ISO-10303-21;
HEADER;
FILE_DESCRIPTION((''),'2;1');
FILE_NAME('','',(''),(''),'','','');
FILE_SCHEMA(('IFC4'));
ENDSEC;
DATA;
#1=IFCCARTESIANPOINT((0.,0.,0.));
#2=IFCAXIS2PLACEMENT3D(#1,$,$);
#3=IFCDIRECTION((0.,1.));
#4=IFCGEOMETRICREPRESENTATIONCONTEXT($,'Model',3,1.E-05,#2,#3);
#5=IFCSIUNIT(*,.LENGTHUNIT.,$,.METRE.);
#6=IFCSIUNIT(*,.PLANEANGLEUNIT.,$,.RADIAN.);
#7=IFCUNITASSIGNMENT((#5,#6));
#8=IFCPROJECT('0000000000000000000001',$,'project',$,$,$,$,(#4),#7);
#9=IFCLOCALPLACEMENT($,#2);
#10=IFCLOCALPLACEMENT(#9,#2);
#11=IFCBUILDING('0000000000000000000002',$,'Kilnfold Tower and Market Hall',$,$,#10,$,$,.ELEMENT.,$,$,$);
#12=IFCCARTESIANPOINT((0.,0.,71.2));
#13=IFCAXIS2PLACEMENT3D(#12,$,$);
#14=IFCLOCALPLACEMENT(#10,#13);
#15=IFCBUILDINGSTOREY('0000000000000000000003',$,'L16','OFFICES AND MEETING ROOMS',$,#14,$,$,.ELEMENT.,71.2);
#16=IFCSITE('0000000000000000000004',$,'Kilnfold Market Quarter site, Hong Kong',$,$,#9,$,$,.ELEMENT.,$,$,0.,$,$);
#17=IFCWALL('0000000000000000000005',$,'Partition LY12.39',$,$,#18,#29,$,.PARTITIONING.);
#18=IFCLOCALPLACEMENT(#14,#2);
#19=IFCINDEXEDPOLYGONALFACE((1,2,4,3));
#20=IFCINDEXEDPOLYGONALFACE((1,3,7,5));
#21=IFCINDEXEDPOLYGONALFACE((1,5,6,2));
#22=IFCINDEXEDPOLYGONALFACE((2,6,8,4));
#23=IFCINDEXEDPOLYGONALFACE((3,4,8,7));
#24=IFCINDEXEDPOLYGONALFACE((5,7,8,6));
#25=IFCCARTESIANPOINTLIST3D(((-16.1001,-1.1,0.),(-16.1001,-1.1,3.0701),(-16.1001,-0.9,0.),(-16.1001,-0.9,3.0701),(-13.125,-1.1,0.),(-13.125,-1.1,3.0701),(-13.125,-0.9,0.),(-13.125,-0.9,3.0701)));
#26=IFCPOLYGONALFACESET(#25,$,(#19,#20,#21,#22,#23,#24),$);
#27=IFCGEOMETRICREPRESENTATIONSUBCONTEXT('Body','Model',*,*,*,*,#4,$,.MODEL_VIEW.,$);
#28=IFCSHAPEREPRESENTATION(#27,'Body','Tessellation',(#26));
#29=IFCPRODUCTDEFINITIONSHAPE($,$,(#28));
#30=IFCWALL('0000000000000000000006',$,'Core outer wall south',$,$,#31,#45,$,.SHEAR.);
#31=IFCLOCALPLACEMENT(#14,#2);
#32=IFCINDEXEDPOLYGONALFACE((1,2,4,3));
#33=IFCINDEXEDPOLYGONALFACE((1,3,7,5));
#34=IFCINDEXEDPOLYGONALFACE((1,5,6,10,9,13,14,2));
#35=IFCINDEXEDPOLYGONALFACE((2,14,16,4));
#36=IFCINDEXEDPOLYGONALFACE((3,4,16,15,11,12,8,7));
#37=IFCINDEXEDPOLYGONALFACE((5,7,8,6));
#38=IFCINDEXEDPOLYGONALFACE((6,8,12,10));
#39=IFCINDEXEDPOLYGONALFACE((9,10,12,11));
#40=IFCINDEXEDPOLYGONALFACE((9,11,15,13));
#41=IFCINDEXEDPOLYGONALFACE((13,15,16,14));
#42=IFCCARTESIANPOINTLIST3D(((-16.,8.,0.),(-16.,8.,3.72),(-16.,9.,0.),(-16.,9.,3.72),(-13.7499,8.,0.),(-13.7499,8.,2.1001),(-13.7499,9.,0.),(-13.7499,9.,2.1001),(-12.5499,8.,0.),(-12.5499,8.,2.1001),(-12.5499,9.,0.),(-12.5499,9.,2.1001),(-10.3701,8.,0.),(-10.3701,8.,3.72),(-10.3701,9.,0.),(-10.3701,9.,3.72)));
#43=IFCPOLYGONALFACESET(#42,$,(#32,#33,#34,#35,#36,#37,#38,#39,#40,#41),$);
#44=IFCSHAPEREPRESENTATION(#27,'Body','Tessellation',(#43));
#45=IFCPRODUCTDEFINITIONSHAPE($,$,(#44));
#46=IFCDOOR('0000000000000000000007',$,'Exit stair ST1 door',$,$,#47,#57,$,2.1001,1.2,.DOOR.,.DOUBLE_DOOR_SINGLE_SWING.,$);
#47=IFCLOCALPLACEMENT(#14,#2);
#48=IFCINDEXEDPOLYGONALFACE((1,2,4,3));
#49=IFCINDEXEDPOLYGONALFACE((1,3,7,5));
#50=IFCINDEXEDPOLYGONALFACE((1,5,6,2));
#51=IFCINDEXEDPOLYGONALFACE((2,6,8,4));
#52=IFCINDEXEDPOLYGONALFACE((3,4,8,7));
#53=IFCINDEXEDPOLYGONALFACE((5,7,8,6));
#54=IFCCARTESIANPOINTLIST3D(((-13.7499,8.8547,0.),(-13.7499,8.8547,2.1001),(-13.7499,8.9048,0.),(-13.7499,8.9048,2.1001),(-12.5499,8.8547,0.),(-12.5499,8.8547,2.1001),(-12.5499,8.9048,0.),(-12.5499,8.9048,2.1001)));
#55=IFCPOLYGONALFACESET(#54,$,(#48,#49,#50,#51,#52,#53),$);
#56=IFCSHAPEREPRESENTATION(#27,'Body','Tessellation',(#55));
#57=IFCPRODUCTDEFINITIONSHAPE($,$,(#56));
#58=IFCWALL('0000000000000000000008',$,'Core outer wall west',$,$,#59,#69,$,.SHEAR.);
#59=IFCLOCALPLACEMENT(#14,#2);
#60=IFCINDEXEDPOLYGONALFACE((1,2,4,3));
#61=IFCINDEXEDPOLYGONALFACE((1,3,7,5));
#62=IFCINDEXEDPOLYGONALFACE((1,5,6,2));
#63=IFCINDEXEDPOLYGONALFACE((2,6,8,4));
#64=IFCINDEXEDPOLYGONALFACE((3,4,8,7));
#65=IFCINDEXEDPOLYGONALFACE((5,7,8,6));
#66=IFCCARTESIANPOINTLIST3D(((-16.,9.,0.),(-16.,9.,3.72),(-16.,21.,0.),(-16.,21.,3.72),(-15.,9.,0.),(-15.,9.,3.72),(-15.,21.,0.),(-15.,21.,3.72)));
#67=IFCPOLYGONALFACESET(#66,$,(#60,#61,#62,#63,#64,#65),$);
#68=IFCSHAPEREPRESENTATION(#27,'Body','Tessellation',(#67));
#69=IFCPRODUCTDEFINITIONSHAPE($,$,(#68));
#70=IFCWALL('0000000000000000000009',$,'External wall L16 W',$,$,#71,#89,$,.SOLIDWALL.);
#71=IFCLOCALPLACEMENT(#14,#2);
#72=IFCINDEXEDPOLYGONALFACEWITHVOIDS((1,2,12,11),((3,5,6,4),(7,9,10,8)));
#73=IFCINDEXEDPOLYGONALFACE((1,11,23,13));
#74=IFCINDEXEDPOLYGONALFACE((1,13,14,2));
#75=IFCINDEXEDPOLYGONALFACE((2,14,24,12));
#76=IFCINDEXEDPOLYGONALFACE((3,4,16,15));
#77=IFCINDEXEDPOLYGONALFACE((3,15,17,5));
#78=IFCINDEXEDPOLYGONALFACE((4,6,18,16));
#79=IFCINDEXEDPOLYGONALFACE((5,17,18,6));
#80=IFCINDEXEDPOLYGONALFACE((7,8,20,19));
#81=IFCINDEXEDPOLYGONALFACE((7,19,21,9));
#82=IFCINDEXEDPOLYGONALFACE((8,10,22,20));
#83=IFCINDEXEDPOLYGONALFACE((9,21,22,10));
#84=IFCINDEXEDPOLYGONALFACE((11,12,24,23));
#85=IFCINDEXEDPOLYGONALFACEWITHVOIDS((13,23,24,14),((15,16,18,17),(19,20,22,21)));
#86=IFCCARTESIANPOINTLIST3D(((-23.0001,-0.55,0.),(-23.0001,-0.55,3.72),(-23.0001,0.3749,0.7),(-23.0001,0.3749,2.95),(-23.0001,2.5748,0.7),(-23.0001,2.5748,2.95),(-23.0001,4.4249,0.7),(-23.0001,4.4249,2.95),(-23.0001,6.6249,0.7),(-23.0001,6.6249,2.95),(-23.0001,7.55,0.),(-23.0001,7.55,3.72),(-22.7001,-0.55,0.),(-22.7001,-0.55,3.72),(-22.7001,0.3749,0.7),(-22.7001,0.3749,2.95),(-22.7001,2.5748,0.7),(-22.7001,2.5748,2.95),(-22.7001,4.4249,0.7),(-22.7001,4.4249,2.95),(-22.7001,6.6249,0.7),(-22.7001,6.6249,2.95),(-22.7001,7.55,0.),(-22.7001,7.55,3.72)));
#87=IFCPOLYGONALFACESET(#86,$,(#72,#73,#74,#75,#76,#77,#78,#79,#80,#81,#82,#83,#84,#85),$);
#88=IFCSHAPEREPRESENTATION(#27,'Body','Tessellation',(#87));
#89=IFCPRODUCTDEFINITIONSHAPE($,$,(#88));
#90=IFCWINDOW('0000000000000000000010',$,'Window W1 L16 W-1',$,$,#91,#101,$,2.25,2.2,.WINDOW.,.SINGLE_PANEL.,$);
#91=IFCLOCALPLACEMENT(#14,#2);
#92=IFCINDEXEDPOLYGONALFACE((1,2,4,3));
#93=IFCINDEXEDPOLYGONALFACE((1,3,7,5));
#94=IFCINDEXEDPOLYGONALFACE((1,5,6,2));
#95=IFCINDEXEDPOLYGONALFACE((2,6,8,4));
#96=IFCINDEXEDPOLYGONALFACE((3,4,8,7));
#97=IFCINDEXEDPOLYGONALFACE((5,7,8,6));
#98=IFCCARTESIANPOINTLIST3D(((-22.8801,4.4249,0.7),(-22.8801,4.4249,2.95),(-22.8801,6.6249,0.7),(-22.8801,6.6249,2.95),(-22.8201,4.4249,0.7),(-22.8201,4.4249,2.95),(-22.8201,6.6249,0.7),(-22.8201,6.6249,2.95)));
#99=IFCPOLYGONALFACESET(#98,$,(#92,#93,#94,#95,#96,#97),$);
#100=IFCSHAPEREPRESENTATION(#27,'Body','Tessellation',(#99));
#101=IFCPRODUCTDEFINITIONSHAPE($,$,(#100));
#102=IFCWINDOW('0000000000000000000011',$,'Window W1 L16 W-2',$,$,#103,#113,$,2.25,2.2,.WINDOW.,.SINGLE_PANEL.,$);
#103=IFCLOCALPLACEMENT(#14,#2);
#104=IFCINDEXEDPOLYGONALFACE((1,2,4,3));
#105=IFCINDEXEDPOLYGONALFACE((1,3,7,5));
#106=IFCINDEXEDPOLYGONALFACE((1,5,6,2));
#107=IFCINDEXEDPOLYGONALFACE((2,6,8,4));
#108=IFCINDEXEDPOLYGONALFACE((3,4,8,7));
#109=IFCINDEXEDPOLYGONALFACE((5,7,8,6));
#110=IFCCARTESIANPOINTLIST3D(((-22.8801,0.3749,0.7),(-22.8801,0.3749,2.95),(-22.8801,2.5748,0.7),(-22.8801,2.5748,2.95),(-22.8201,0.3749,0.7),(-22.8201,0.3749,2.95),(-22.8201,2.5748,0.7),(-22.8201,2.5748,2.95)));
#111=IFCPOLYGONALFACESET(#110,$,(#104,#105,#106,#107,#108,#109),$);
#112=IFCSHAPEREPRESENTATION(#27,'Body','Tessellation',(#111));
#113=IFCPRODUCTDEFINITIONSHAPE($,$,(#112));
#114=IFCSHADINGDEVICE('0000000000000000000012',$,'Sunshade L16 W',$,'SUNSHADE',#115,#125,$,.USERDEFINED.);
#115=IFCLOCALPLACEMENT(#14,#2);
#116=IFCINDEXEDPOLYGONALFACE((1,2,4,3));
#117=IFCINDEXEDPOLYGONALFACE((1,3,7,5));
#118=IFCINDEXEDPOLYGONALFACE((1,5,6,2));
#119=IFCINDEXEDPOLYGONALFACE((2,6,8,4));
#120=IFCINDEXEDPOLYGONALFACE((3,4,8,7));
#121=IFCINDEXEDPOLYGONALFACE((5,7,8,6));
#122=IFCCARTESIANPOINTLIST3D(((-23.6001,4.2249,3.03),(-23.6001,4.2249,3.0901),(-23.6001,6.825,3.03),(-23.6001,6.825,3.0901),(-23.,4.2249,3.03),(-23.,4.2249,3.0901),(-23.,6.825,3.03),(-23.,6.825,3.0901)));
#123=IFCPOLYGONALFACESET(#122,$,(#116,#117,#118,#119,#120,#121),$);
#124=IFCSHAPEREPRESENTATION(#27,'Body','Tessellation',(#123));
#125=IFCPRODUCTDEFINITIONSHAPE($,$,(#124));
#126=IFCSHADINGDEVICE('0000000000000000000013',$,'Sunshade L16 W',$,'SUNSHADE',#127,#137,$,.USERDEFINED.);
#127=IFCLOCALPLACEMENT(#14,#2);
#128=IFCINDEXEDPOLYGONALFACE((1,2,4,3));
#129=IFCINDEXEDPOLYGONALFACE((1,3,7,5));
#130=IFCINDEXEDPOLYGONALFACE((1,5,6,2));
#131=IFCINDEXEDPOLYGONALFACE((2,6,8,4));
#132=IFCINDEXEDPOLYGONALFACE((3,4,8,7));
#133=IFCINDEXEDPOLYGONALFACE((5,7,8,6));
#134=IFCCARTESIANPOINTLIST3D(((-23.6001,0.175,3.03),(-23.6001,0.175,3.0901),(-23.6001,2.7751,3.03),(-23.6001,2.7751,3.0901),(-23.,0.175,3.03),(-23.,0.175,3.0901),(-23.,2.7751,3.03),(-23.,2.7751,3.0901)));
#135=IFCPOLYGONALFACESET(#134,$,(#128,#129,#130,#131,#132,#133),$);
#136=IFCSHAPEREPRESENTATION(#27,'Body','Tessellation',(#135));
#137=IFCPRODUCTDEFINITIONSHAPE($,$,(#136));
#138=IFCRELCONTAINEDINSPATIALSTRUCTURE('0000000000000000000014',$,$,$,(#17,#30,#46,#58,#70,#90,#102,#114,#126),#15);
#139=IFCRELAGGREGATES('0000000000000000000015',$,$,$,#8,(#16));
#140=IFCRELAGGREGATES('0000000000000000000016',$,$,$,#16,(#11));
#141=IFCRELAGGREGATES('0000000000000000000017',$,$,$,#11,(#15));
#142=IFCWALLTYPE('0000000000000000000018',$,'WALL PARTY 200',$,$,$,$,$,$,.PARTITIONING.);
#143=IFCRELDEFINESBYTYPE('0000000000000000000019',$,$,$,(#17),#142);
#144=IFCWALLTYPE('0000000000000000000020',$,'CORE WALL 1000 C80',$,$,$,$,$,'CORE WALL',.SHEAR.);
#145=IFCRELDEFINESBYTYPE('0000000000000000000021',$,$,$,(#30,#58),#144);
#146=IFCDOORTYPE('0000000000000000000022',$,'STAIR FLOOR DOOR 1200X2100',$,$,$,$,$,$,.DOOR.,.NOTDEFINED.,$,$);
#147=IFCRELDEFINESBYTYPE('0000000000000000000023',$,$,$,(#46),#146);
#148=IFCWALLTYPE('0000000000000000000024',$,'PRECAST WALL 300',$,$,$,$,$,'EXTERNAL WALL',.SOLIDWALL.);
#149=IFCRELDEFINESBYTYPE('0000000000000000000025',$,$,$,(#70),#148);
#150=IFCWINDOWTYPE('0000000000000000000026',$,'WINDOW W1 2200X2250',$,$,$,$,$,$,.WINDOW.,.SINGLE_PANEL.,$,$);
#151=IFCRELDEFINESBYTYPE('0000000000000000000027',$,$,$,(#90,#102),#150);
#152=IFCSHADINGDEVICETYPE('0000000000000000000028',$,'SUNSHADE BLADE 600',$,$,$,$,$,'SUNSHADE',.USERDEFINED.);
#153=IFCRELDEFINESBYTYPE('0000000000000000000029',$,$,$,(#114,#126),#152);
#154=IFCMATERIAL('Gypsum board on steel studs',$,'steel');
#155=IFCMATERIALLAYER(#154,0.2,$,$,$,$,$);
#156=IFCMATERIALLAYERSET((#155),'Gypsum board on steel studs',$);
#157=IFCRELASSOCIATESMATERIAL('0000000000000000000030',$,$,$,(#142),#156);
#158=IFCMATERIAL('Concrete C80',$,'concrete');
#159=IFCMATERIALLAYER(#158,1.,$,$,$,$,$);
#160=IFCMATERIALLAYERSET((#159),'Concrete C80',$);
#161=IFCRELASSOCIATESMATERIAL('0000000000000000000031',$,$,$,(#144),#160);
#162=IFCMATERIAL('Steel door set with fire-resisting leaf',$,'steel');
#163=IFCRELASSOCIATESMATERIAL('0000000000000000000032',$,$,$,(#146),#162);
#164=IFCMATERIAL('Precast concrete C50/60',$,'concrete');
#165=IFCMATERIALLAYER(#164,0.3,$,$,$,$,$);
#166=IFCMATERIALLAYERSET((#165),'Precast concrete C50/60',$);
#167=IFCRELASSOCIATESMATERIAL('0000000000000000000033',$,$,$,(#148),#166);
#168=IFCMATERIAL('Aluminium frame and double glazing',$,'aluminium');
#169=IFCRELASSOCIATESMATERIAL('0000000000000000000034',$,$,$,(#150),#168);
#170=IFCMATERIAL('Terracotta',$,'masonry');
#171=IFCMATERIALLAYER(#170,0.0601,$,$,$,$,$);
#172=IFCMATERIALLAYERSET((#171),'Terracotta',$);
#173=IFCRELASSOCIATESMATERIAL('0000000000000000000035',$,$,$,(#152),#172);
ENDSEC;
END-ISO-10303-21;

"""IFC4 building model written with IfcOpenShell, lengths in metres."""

from ifc_helpers import new_model, si_unit, direction, frame, frame_2d, origin, origin_2d, place, context, subcontext, project, spatial, rectangle, extrude, source, transform, mapped, material, layer, layer_set, type_object, element, fill, save


model = new_model("IFC4")

# Units and contexts
model_context = context("Model", 3, precision=1e-05, world=origin(), true_north=direction((0.0, 1.0)))
body_context = subcontext(model_context, "Body", "Model", "MODEL_VIEW")
ifc_project = project(units=[si_unit("LENGTHUNIT", "METRE"), si_unit("PLANEANGLEUNIT", "RADIAN")], contexts=[model_context])

# Site, building, storey
site_placement = place(None, origin())
site = spatial("IfcSite", under=ifc_project, at=site_placement, Name="Kilnfold Market Quarter site, Hong Kong", CompositionType="ELEMENT", RefElevation=0.0)
building_placement = place(site_placement, origin())
building = spatial("IfcBuilding", under=site, at=building_placement, Name="Kilnfold Tower and Market Hall", CompositionType="ELEMENT")
storey_placement = place(building_placement, frame((0.0, 0.0, 71.2)))
storey = spatial("IfcBuildingStorey", under=building, at=storey_placement, Name="L16", Description="OFFICES AND MEETING ROOMS", CompositionType="ELEMENT", Elevation=71.2)

# Wall
ifc_material_1 = material(Name="Gypsum board on steel studs", Category="steel")
ifc_layer_1 = layer(ifc_material_1, 0.2)
ifc_layer_set_1 = layer_set([ifc_layer_1], Name="Gypsum board on steel studs")
wall_type_1 = type_object("IfcWallType", Name="WALL PARTY 200", PredefinedType="PARTITIONING", material=ifc_layer_set_1)
wall_1_placement = place(storey_placement, frame((-16.1001, -1.0, 0.0), z_axis=(0.0, 0.0, 1.0), x_axis=(1.0, 0.0, 0.0)))
element("IfcWall", 1, at=wall_1_placement, inside=storey, type_object=wall_type_1, Name="Partition LY12.39", PredefinedType="PARTITIONING", context=body_context, shape_type="SweptSolid", body=[
    extrude(rectangle(XDim=2.9751, YDim=0.2, at=frame_2d((1.4875, 0.0))), origin(), (0.0, 0.0, 1.0), 3.0701),
])

# Wall, opening, door
ifc_material_2 = material(Name="Concrete C80", Category="concrete")
ifc_layer_2 = layer(ifc_material_2, 1.0)
ifc_layer_set_2 = layer_set([ifc_layer_2], Name="Concrete C80")
wall_type_2 = type_object("IfcWallType", Name="CORE WALL 1000 C80", ElementType="CORE WALL", PredefinedType="SHEAR", material=ifc_layer_set_2)
shared_shape_1 = source(origin(), body_context, "Body", "SweptSolid", [
    extrude(rectangle(XDim=5.6299, YDim=1.0, at=frame_2d((2.8149, 0.0))), origin(), (0.0, 0.0, 1.0), 3.72),
])
wall_2_placement = place(storey_placement, frame((-16.0, 8.5, 0.0), z_axis=(0.0, 0.0, 1.0), x_axis=(1.0, 0.0, 0.0)))
wall_2 = element("IfcWall", 2, at=wall_2_placement, inside=storey, type_object=wall_type_2, Name="Core outer wall south", PredefinedType="SHEAR", context=body_context, shape_type="MappedRepresentation", body=[
    mapped(shared_shape_1, transform((0.0, 0.0, 0.0))),
])
opening_1_placement = place(wall_2_placement, frame((2.25, 0.0, 0.0)))
opening_1 = element("IfcOpeningElement", 3, at=opening_1_placement, cuts=wall_2, PredefinedType="OPENING", context=body_context, shape_type="SweptSolid", body=[
    extrude(rectangle(XDim=1.2, YDim=2.1001, at=frame_2d((0.6001, 1.05))), frame((0.0, 0.51, 0.0), z_axis=(0.0, -1.0, 0.0), x_axis=(1.0, 0.0, 0.0)), (0.0, 0.0, 1.0), 1.02),
])
ifc_material_3 = material(Name="Steel door set with fire-resisting leaf", Category="steel")
door_type_1 = type_object("IfcDoorType", Name="STAIR FLOOR DOOR 1200X2100", OperationType="NOTDEFINED", PredefinedType="DOOR", material=ifc_material_3)
door_1_placement = place(opening_1_placement, origin())
door_1 = element("IfcDoor", 4, at=door_1_placement, inside=storey, type_object=door_type_1, Name="Exit stair ST1 door", OperationType="DOUBLE_DOOR_SINGLE_SWING", OverallHeight=2.1001, OverallWidth=1.2, PredefinedType="DOOR", context=body_context, shape_type="SweptSolid", body=[
    extrude(rectangle(XDim=1.2, YDim=2.1001, at=frame_2d((0.6001, 1.05))), frame((0.0, 0.4048, 0.0), z_axis=(0.0, -1.0, 0.0), x_axis=(1.0, 0.0, 0.0)), (0.0, 0.0, 1.0), 0.05),
])
fill(opening_1, door_1)

# Wall
shared_shape_2 = source(origin(), body_context, "Body", "SweptSolid", [
    extrude(rectangle(XDim=12.0, YDim=1.0, at=frame_2d((6.0, 0.0))), origin(), (0.0, 0.0, 1.0), 3.72),
])
wall_3_placement = place(storey_placement, frame((-15.5, 9.0, 0.0), z_axis=(0.0, 0.0, 1.0), x_axis=(0.0, 1.0, 0.0)))
element("IfcWall", 5, at=wall_3_placement, inside=storey, type_object=wall_type_2, Name="Core outer wall west", PredefinedType="SHEAR", context=body_context, shape_type="MappedRepresentation", body=[
    mapped(shared_shape_2, transform((0.0, 0.0, 0.0))),
])

# Wall, openings, windows
ifc_material_4 = material(Name="Precast concrete C50/60", Category="concrete")
ifc_layer_3 = layer(ifc_material_4, 0.3)
ifc_layer_set_3 = layer_set([ifc_layer_3], Name="Precast concrete C50/60")
wall_type_3 = type_object("IfcWallType", Name="PRECAST WALL 300", ElementType="EXTERNAL WALL", PredefinedType="SOLIDWALL", material=ifc_layer_set_3)
shared_shape_3 = source(origin(), body_context, "Body", "SweptSolid", [
    extrude(rectangle(XDim=8.1001, YDim=0.3, at=frame_2d((4.05, 0.0))), origin(), (0.0, 0.0, 1.0), 3.72),
])
wall_4_placement = place(storey_placement, frame((-22.8501, 7.55, 0.0), z_axis=(0.0, 0.0, 1.0), x_axis=(0.0, -1.0, 0.0)))
wall_4 = element("IfcWall", 6, at=wall_4_placement, inside=storey, type_object=wall_type_3, Name="External wall L16 W", PredefinedType="SOLIDWALL", context=body_context, shape_type="MappedRepresentation", body=[
    mapped(shared_shape_3, transform((0.0, 0.0, 0.0))),
])
opening_2_placement = place(wall_4_placement, frame((0.925, 0.0, 0.7)))
opening_2 = element("IfcOpeningElement", 7, at=opening_2_placement, cuts=wall_4, PredefinedType="OPENING", context=body_context, shape_type="SweptSolid", body=[
    extrude(rectangle(XDim=2.2, YDim=2.25, at=frame_2d((1.1001, 1.125))), frame((0.0, 0.1602, 0.0), z_axis=(0.0, -1.0, 0.0), x_axis=(1.0, 0.0, 0.0)), (0.0, 0.0, 1.0), 0.3201),
])
opening_3_placement = place(wall_4_placement, frame((4.9751, 0.0, 0.7)))
opening_3 = element("IfcOpeningElement", 8, at=opening_3_placement, cuts=wall_4, PredefinedType="OPENING", context=body_context, shape_type="SweptSolid", body=[
    extrude(rectangle(XDim=2.2, YDim=2.25, at=frame_2d((1.1001, 1.125))), frame((0.0, 0.1602, 0.0), z_axis=(0.0, -1.0, 0.0), x_axis=(1.0, 0.0, 0.0)), (0.0, 0.0, 1.0), 0.3201),
])
ifc_material_5 = material(Name="Aluminium frame and double glazing", Category="aluminium")
window_type = type_object("IfcWindowType", Name="WINDOW W1 2200X2250", PartitioningType="SINGLE_PANEL", PredefinedType="WINDOW", material=ifc_material_5)
window_1_placement = place(opening_2_placement, origin())
window_1 = element("IfcWindow", 9, at=window_1_placement, inside=storey, type_object=window_type, Name="Window W1 L16 W-1", OverallHeight=2.25, OverallWidth=2.2, PartitioningType="SINGLE_PANEL", PredefinedType="WINDOW", context=body_context, shape_type="SweptSolid", body=[
    extrude(rectangle(XDim=2.2, YDim=2.25, at=frame_2d((1.1001, 1.125))), frame((0.0, 0.03, 0.0), z_axis=(0.0, -1.0, 0.0), x_axis=(1.0, 0.0, 0.0)), (0.0, 0.0, 1.0), 0.0601),
])
fill(opening_2, window_1)
window_2_placement = place(opening_3_placement, origin())
window_2 = element("IfcWindow", 10, at=window_2_placement, inside=storey, type_object=window_type, Name="Window W1 L16 W-2", OverallHeight=2.25, OverallWidth=2.2, PartitioningType="SINGLE_PANEL", PredefinedType="WINDOW", context=body_context, shape_type="SweptSolid", body=[
    extrude(rectangle(XDim=2.2, YDim=2.25, at=frame_2d((1.1001, 1.125))), frame((0.0, 0.03, 0.0), z_axis=(0.0, -1.0, 0.0), x_axis=(1.0, 0.0, 0.0)), (0.0, 0.0, 1.0), 0.0601),
])
fill(opening_3, window_2)

# Shading devices
ifc_material_6 = material(Name="Terracotta", Category="masonry")
ifc_layer_4 = layer(ifc_material_6, 0.0601)
ifc_layer_set_4 = layer_set([ifc_layer_4], Name="Terracotta")
shading_device_type = type_object("IfcShadingDeviceType", Name="SUNSHADE BLADE 600", ElementType="SUNSHADE", PredefinedType="USERDEFINED", material=ifc_layer_set_4)
shared_shape_4 = source(origin(), body_context, "Body", "SweptSolid", [
    extrude(rectangle(XDim=2.6001, YDim=0.6001, at=origin_2d()), origin(), (0.0, 0.0, 1.0), 0.0601),
])
for number, where, z_axis, x_axis, name in (
    (11, (-23.3, 5.5249, 3.03), (0.0, 0.0, 1.0), (0.0, -1.0, 0.0), "Sunshade L16 W"),
    (12, (-23.3, 1.4751, 3.03), (0.0, 0.0, 1.0), (0.0, -1.0, 0.0), "Sunshade L16 W"),
):
    element("IfcShadingDevice", number, at=place(storey_placement, frame(where, z_axis=z_axis, x_axis=x_axis)), inside=storey, type_object=shading_device_type, Name=name, ObjectType="SUNSHADE", PredefinedType="USERDEFINED", context=body_context, shape_type="MappedRepresentation", body=[
        mapped(shared_shape_4, transform((0.0, 0.0, 0.0))),
    ])

save(model, "model.ifc")
